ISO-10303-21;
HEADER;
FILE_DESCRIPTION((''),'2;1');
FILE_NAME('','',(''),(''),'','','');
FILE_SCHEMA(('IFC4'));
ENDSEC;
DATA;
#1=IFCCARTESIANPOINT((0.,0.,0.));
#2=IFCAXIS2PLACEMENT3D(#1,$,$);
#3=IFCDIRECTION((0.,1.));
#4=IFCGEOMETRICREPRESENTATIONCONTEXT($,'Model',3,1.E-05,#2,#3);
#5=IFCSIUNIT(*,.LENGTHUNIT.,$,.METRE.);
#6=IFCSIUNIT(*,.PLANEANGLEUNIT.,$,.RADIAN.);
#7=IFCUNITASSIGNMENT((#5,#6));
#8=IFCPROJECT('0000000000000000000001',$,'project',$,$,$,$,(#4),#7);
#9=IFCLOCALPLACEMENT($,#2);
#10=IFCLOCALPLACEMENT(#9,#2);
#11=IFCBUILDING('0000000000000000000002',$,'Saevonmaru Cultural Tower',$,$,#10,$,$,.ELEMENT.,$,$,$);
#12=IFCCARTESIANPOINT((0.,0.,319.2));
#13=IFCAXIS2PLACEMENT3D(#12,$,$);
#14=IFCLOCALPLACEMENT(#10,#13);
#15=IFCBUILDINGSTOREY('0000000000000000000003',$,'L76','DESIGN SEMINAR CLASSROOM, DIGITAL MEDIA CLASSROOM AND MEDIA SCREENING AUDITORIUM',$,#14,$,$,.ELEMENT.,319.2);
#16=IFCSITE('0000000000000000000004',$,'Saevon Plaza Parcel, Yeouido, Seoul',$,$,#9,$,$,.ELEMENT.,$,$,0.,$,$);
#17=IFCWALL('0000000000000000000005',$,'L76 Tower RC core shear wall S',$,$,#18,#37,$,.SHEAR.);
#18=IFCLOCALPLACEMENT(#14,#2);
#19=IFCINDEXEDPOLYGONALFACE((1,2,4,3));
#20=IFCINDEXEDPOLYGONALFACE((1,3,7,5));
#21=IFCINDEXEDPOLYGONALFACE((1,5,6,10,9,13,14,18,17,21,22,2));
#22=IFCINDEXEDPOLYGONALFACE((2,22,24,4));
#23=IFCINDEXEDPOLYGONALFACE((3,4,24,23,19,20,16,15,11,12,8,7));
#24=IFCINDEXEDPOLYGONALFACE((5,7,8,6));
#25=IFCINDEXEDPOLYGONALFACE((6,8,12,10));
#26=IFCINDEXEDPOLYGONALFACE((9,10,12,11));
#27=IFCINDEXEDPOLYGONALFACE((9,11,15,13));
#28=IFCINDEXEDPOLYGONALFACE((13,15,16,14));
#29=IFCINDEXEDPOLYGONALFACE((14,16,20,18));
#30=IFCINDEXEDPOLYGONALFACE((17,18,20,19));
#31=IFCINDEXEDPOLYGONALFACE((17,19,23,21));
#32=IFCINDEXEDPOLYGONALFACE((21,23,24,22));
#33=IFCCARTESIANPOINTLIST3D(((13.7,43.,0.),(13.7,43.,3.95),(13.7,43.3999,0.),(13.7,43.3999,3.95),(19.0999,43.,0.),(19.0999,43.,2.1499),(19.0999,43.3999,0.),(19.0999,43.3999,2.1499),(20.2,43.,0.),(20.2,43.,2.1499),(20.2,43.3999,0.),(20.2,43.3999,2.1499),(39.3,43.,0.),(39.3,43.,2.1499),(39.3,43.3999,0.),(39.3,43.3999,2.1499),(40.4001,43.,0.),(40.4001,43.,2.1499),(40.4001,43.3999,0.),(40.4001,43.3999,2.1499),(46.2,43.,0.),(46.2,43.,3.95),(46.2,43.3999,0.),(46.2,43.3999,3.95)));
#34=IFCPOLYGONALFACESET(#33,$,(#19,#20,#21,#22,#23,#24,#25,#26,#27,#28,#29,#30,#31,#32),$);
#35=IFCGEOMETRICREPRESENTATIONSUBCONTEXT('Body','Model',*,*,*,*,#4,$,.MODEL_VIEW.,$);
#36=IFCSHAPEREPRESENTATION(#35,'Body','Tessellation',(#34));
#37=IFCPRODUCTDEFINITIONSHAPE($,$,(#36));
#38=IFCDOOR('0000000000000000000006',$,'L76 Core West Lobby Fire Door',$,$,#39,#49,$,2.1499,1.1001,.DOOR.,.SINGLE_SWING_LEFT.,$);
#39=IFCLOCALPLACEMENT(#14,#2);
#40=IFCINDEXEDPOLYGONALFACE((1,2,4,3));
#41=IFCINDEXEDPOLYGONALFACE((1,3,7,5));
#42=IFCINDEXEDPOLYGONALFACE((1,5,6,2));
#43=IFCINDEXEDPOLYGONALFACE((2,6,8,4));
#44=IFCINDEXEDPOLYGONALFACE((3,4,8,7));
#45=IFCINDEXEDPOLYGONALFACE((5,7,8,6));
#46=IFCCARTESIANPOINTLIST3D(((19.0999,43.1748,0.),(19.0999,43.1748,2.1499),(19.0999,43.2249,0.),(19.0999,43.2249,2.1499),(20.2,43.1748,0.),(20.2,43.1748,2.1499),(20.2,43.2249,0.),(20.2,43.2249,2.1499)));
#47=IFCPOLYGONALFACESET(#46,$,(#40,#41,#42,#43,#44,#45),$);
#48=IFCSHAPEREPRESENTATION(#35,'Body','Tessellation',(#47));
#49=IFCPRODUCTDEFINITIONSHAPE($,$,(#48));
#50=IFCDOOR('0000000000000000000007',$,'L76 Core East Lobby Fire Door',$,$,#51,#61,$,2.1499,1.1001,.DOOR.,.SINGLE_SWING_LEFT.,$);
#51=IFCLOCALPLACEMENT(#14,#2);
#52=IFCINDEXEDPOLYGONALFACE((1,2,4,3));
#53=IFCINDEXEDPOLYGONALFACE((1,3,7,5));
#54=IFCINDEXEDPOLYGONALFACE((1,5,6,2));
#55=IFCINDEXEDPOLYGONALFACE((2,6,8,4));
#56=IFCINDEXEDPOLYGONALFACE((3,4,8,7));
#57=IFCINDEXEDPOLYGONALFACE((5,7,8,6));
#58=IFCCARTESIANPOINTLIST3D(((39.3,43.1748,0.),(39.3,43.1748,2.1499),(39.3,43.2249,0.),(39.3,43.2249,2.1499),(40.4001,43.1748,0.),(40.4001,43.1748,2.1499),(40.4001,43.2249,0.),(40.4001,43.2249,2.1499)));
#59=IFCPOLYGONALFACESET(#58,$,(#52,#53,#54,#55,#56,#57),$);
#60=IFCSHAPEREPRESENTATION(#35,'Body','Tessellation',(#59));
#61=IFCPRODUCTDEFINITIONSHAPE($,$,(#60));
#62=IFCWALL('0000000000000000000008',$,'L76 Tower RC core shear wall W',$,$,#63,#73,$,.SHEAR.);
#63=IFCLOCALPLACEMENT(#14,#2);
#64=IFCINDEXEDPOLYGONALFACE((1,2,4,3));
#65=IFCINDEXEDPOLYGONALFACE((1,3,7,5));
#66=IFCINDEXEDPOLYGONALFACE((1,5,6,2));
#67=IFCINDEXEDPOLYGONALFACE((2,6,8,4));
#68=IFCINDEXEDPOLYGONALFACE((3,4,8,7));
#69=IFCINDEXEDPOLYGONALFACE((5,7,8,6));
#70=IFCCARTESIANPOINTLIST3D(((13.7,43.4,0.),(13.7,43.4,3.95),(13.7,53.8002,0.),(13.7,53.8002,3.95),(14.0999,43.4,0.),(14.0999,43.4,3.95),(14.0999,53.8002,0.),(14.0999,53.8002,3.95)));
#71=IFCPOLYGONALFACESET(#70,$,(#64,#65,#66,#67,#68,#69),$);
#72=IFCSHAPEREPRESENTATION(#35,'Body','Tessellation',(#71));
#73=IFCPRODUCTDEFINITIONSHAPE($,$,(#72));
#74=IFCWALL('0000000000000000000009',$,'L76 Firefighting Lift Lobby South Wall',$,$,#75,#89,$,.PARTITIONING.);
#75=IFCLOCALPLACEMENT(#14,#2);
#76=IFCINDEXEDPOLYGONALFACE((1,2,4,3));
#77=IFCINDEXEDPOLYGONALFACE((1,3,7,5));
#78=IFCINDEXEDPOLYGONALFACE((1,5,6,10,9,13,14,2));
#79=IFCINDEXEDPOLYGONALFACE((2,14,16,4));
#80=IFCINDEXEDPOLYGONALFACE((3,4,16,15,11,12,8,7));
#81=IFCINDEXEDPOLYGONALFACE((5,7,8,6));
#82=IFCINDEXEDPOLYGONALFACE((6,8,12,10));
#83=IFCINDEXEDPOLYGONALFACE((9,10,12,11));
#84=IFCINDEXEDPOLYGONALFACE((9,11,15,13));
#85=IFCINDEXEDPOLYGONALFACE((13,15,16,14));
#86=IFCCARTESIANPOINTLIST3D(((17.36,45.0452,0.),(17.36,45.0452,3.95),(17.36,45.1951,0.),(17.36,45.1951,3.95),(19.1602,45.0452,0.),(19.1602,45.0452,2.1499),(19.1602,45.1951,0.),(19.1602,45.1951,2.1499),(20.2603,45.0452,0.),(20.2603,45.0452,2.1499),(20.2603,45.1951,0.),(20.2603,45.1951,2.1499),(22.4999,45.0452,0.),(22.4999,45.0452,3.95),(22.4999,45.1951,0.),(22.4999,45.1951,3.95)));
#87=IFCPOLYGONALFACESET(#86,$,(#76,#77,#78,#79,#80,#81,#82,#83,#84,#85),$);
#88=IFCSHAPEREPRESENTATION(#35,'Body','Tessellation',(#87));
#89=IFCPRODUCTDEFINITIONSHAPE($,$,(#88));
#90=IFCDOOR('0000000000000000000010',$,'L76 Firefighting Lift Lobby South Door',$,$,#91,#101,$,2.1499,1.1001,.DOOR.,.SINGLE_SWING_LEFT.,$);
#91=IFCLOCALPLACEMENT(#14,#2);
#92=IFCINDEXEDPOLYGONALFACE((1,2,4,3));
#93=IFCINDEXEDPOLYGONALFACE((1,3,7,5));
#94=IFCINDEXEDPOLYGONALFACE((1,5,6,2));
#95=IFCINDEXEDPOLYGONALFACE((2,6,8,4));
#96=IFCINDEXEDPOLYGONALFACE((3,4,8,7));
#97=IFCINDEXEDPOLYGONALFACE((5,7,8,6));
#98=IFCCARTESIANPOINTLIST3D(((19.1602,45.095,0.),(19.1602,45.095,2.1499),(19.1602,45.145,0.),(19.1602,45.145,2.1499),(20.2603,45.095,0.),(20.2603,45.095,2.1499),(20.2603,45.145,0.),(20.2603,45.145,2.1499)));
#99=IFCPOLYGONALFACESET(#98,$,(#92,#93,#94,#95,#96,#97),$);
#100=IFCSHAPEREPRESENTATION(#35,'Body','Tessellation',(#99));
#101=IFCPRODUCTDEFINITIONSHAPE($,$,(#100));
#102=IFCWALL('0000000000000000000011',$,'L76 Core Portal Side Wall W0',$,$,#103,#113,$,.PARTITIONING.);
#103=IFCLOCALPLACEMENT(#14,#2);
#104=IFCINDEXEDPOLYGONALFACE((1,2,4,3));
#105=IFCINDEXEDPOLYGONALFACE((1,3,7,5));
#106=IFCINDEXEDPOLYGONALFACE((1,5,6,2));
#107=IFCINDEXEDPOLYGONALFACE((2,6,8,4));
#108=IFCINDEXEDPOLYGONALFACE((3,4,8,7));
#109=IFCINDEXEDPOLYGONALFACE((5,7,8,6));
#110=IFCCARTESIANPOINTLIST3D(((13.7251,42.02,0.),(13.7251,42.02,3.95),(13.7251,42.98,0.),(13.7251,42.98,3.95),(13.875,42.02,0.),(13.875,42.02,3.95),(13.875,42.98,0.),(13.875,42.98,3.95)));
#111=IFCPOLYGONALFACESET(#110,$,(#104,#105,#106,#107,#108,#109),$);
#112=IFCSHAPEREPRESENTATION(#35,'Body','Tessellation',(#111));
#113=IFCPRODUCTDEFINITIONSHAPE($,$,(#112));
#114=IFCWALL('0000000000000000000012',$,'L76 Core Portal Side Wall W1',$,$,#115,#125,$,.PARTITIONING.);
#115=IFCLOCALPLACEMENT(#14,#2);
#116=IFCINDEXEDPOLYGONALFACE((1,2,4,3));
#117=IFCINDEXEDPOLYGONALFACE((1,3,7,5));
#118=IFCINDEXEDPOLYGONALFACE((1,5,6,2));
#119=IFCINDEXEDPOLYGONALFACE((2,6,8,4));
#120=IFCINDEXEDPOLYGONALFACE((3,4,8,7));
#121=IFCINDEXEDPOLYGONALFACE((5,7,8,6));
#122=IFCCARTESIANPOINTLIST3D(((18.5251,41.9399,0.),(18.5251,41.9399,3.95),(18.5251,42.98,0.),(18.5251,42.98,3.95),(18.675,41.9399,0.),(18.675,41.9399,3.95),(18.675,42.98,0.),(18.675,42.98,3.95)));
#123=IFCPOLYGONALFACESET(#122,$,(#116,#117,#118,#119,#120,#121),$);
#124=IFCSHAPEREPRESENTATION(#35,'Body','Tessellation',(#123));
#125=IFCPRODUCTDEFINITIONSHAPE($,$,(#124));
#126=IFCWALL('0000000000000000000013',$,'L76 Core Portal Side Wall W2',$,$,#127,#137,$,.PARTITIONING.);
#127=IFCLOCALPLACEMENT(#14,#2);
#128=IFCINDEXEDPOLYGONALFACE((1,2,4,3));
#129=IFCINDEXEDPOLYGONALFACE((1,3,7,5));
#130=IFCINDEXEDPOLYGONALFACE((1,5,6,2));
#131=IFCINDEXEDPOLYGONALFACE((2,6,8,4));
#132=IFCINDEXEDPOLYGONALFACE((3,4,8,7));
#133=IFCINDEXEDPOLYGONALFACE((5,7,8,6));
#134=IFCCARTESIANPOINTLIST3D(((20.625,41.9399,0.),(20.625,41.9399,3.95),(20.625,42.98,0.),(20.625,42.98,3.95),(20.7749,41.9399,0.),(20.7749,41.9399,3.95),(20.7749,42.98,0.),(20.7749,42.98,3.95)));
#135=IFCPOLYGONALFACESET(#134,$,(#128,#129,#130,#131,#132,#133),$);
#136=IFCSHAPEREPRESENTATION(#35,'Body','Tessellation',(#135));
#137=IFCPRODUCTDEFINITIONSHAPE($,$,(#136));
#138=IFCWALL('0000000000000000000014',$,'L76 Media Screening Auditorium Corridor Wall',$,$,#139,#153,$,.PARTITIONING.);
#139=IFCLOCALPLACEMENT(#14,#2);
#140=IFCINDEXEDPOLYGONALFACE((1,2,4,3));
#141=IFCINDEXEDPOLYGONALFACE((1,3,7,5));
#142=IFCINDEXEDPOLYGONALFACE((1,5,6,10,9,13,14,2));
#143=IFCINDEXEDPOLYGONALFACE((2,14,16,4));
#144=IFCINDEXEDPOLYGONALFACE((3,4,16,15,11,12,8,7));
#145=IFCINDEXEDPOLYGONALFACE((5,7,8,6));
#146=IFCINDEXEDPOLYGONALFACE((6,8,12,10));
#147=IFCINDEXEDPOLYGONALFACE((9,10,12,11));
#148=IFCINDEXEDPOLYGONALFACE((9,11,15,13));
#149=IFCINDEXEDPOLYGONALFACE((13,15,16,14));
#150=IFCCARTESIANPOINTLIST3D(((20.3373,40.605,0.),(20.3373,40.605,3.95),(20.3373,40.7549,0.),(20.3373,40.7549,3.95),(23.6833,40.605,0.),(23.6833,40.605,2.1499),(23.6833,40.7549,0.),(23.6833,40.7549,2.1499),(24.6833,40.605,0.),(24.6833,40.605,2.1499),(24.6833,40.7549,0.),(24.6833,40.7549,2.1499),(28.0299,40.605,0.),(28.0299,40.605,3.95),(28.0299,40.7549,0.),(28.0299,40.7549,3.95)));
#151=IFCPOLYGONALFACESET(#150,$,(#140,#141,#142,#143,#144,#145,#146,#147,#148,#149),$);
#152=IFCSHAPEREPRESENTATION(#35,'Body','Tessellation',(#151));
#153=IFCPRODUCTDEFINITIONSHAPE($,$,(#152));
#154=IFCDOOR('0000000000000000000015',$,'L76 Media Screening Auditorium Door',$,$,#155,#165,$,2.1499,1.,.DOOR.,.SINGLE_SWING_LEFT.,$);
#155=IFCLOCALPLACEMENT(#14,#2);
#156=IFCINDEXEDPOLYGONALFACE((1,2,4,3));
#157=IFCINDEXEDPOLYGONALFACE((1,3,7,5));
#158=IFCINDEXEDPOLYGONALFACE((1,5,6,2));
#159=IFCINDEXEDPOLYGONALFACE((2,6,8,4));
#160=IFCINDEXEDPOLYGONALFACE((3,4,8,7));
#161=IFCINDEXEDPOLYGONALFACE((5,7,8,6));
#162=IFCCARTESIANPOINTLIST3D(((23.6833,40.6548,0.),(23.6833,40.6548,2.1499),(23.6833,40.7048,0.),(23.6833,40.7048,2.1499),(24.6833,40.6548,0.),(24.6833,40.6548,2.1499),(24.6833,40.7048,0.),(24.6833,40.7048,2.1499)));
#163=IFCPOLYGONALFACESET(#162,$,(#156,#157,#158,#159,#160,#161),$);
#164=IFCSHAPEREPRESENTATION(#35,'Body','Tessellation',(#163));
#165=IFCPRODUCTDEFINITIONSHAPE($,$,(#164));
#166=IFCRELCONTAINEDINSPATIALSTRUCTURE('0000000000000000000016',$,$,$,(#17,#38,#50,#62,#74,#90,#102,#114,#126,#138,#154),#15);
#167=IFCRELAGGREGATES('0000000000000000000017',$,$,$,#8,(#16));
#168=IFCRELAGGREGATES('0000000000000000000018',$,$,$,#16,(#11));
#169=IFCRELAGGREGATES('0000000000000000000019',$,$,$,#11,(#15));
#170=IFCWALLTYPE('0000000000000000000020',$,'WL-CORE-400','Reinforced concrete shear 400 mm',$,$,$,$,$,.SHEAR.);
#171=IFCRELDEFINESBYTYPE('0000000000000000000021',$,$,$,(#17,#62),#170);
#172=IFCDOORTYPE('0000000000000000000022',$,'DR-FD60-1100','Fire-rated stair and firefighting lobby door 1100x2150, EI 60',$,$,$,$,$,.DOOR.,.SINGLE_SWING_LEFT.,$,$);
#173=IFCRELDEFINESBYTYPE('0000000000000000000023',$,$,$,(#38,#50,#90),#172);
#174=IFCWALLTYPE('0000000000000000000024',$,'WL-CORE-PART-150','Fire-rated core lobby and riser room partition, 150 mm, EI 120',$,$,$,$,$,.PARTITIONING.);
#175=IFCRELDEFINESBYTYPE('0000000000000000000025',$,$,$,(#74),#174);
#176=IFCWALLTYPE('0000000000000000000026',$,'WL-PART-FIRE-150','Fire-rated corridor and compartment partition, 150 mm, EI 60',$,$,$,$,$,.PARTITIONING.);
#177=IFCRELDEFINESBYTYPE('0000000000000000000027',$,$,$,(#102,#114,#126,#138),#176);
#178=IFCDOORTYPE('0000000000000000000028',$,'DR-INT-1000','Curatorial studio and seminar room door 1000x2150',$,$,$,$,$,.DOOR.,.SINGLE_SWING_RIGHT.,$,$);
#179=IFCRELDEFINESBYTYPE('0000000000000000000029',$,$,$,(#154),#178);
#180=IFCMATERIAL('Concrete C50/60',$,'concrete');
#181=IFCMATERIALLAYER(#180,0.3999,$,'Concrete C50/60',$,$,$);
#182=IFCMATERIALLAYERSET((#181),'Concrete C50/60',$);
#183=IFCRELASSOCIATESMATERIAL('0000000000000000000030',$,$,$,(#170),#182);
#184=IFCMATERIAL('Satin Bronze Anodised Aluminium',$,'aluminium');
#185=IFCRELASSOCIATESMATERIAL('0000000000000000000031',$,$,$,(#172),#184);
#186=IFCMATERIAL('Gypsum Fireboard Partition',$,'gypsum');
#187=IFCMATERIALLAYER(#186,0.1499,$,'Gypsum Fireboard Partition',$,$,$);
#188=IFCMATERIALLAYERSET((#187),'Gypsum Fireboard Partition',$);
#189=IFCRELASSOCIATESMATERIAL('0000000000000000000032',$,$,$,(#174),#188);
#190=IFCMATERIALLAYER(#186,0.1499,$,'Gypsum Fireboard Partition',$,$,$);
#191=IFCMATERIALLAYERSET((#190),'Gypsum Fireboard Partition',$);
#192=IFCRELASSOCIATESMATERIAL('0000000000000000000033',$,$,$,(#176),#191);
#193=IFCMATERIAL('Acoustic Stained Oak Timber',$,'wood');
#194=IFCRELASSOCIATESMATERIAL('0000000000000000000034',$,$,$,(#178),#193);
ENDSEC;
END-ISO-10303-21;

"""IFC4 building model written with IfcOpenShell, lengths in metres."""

from ifc_helpers import new_model, si_unit, direction, frame, frame_2d, origin, place, context, subcontext, project, spatial, rectangle, extrude, material, layer, layer_set, type_object, element, fill, save


model = new_model("IFC4")

# Units and contexts
model_context = context("Model", 3, precision=1e-05, world=origin(), true_north=direction((0.0, 1.0)))
body_context = subcontext(model_context, "Body", "Model", "MODEL_VIEW")
ifc_project = project(units=[si_unit("LENGTHUNIT", "METRE"), si_unit("PLANEANGLEUNIT", "RADIAN")], contexts=[model_context])

# Site, building, storey
site_placement = place(None, origin())
site = spatial("IfcSite", under=ifc_project, at=site_placement, Name="Saevon Plaza Parcel, Yeouido, Seoul", CompositionType="ELEMENT", RefElevation=0.0)
building_placement = place(site_placement, origin())
building = spatial("IfcBuilding", under=site, at=building_placement, Name="Saevonmaru Cultural Tower", CompositionType="ELEMENT")
storey_placement = place(building_placement, frame((0.0, 0.0, 319.2)))
storey = spatial("IfcBuildingStorey", under=building, at=storey_placement, Name="L76", Description="DESIGN SEMINAR CLASSROOM, DIGITAL MEDIA CLASSROOM AND MEDIA SCREENING AUDITORIUM", CompositionType="ELEMENT", Elevation=319.2)

# Wall, openings, doors
ifc_material_1 = material(Name="Concrete C50/60", Category="concrete")
ifc_layer_1 = layer(ifc_material_1, 0.3999, Name="Concrete C50/60")
ifc_layer_set_1 = layer_set([ifc_layer_1], Name="Concrete C50/60")
wall_type_1 = type_object("IfcWallType", Name="WL-CORE-400", Description="Reinforced concrete shear 400 mm", PredefinedType="SHEAR", material=ifc_layer_set_1)
wall_1_placement = place(storey_placement, frame((13.7, 43.2, 0.0), z_axis=(0.0, 0.0, 1.0), x_axis=(1.0, 0.0, 0.0)))
wall_1 = element("IfcWall", 1, at=wall_1_placement, inside=storey, type_object=wall_type_1, Name="L76 Tower RC core shear wall S", PredefinedType="SHEAR", context=body_context, shape_type="SweptSolid", body=[
    extrude(rectangle(XDim=32.5, YDim=0.3999, at=frame_2d((16.25, 0.0))), origin(), (0.0, 0.0, 1.0), 3.95),
])
opening_1_placement = place(wall_1_placement, frame((5.3999, 0.0, 0.0)))
opening_1 = element("IfcOpeningElement", 2, at=opening_1_placement, cuts=wall_1, PredefinedType="OPENING", context=body_context, shape_type="SweptSolid", body=[
    extrude(rectangle(XDim=1.1001, YDim=2.1499, at=frame_2d((0.55, 1.075))), frame((0.0, 0.21, 0.0), z_axis=(0.0, -1.0, 0.0), x_axis=(1.0, 0.0, 0.0)), (0.0, 0.0, 1.0), 0.4199),
])
opening_2_placement = place(wall_1_placement, frame((25.6001, 0.0, 0.0)))
opening_2 = element("IfcOpeningElement", 3, at=opening_2_placement, cuts=wall_1, PredefinedType="OPENING", context=body_context, shape_type="SweptSolid", body=[
    extrude(rectangle(XDim=1.1001, YDim=2.1499, at=frame_2d((0.55, 1.075))), frame((0.0, 0.21, 0.0), z_axis=(0.0, -1.0, 0.0), x_axis=(1.0, 0.0, 0.0)), (0.0, 0.0, 1.0), 0.4199),
])
ifc_material_2 = material(Name="Satin Bronze Anodised Aluminium", Category="aluminium")
door_type_1 = type_object("IfcDoorType", Name="DR-FD60-1100", Description="Fire-rated stair and firefighting lobby door 1100x2150, EI 60", OperationType="SINGLE_SWING_LEFT", PredefinedType="DOOR", material=ifc_material_2)
door_1_placement = place(opening_1_placement, origin())
door_1 = element("IfcDoor", 4, at=door_1_placement, inside=storey, type_object=door_type_1, Name="L76 Core West Lobby Fire Door", OperationType="SINGLE_SWING_LEFT", OverallHeight=2.1499, OverallWidth=1.1001, PredefinedType="DOOR", context=body_context, shape_type="SweptSolid", body=[
    extrude(rectangle(XDim=1.1001, YDim=2.1499, at=frame_2d((0.55, 1.075))), frame((0.0, 0.0249, 0.0), z_axis=(0.0, -1.0, 0.0), x_axis=(1.0, 0.0, 0.0)), (0.0, 0.0, 1.0), 0.05),
])
fill(opening_1, door_1)
door_2_placement = place(opening_2_placement, origin())
door_2 = element("IfcDoor", 5, at=door_2_placement, inside=storey, type_object=door_type_1, Name="L76 Core East Lobby Fire Door", OperationType="SINGLE_SWING_LEFT", OverallHeight=2.1499, OverallWidth=1.1001, PredefinedType="DOOR", context=body_context, shape_type="SweptSolid", body=[
    extrude(rectangle(XDim=1.1001, YDim=2.1499, at=frame_2d((0.55, 1.075))), frame((0.0, 0.0249, 0.0), z_axis=(0.0, -1.0, 0.0), x_axis=(1.0, 0.0, 0.0)), (0.0, 0.0, 1.0), 0.05),
])
fill(opening_2, door_2)

# Wall
wall_2_placement = place(storey_placement, frame((13.8999, 43.3999, 0.0), z_axis=(0.0, 0.0, 1.0), x_axis=(0.0, 1.0, 0.0)))
element("IfcWall", 6, at=wall_2_placement, inside=storey, type_object=wall_type_1, Name="L76 Tower RC core shear wall W", PredefinedType="SHEAR", context=body_context, shape_type="SweptSolid", body=[
    extrude(rectangle(XDim=10.4001, YDim=0.3999, at=frame_2d((5.2002, 0.0))), origin(), (0.0, 0.0, 1.0), 3.95),
])

# Wall, opening, door
ifc_material_3 = material(Name="Gypsum Fireboard Partition", Category="gypsum")
ifc_layer_2 = layer(ifc_material_3, 0.1499, Name="Gypsum Fireboard Partition")
ifc_layer_set_2 = layer_set([ifc_layer_2], Name="Gypsum Fireboard Partition")
wall_type_2 = type_object("IfcWallType", Name="WL-CORE-PART-150", Description="Fire-rated core lobby and riser room partition, 150 mm, EI 120", PredefinedType="PARTITIONING", material=ifc_layer_set_2)
wall_3_placement = place(storey_placement, frame((17.3601, 45.1201, 0.0), z_axis=(0.0, 0.0, 1.0), x_axis=(1.0, 0.0, 0.0)))
wall_3 = element("IfcWall", 7, at=wall_3_placement, inside=storey, type_object=wall_type_2, Name="L76 Firefighting Lift Lobby South Wall", PredefinedType="PARTITIONING", context=body_context, shape_type="SweptSolid", body=[
    extrude(rectangle(XDim=5.1399, YDim=0.1499, at=frame_2d((2.5698, 0.0))), origin(), (0.0, 0.0, 1.0), 3.95),
])
opening_3_placement = place(wall_3_placement, frame((1.8, 0.0, 0.0)))
opening_3 = element("IfcOpeningElement", 8, at=opening_3_placement, cuts=wall_3, PredefinedType="OPENING", context=body_context, shape_type="SweptSolid", body=[
    extrude(rectangle(XDim=1.1001, YDim=2.1499, at=frame_2d((0.55, 1.075))), frame((0.0, 0.085, 0.0), z_axis=(0.0, -1.0, 0.0), x_axis=(1.0, 0.0, 0.0)), (0.0, 0.0, 1.0), 0.1699),
])
door_3_placement = place(opening_3_placement, origin())
door_3 = element("IfcDoor", 9, at=door_3_placement, inside=storey, type_object=door_type_1, Name="L76 Firefighting Lift Lobby South Door", OperationType="SINGLE_SWING_LEFT", OverallHeight=2.1499, OverallWidth=1.1001, PredefinedType="DOOR", context=body_context, shape_type="SweptSolid", body=[
    extrude(rectangle(XDim=1.1001, YDim=2.1499, at=frame_2d((0.55, 1.075))), frame((0.0, 0.0249, 0.0), z_axis=(0.0, -1.0, 0.0), x_axis=(1.0, 0.0, 0.0)), (0.0, 0.0, 1.0), 0.05),
])
fill(opening_3, door_3)

# Walls
ifc_layer_3 = layer(ifc_material_3, 0.1499, Name="Gypsum Fireboard Partition")
ifc_layer_set_3 = layer_set([ifc_layer_3], Name="Gypsum Fireboard Partition")
wall_type_3 = type_object("IfcWallType", Name="WL-PART-FIRE-150", Description="Fire-rated corridor and compartment partition, 150 mm, EI 60", PredefinedType="PARTITIONING", material=ifc_layer_set_3)
wall_4_placement = place(storey_placement, frame((13.8, 42.02, 0.0), z_axis=(0.0, 0.0, 1.0), x_axis=(0.0, 1.0, 0.0)))
element("IfcWall", 10, at=wall_4_placement, inside=storey, type_object=wall_type_3, Name="L76 Core Portal Side Wall W0", PredefinedType="PARTITIONING", context=body_context, shape_type="SweptSolid", body=[
    extrude(rectangle(XDim=0.96, YDim=0.1499, at=frame_2d((0.48, 0.0))), origin(), (0.0, 0.0, 1.0), 3.95),
])
for number, where, z_axis, x_axis, name in (
    (11, (18.6001, 41.9399, 0.0), (0.0, 0.0, 1.0), (0.0, 1.0, 0.0), "L76 Core Portal Side Wall W1"),
    (12, (20.7, 41.9399, 0.0), (0.0, 0.0, 1.0), (0.0, 1.0, 0.0), "L76 Core Portal Side Wall W2"),
):
    element("IfcWall", number, at=place(storey_placement, frame(where, z_axis=z_axis, x_axis=x_axis)), inside=storey, type_object=wall_type_3, Name=name, PredefinedType="PARTITIONING", context=body_context, shape_type="SweptSolid", body=[
        extrude(rectangle(XDim=1.04, YDim=0.1499, at=frame_2d((0.52, 0.0))), origin(), (0.0, 0.0, 1.0), 3.95),
    ])

# Wall, opening, door
wall_5_placement = place(storey_placement, frame((20.3374, 40.6799, 0.0), z_axis=(0.0, 0.0, 1.0), x_axis=(1.0, 0.0, 0.0)))
wall_5 = element("IfcWall", 13, at=wall_5_placement, inside=storey, type_object=wall_type_3, Name="L76 Media Screening Auditorium Corridor Wall", PredefinedType="PARTITIONING", context=body_context, shape_type="SweptSolid", body=[
    extrude(rectangle(XDim=7.6926, YDim=0.1499, at=frame_2d((3.8462, 0.0))), origin(), (0.0, 0.0, 1.0), 3.95),
])
opening_4_placement = place(wall_5_placement, frame((3.3459, 0.0, 0.0)))
opening_4 = element("IfcOpeningElement", 14, at=opening_4_placement, cuts=wall_5, PredefinedType="OPENING", context=body_context, shape_type="SweptSolid", body=[
    extrude(rectangle(XDim=1.0, YDim=2.1499, at=frame_2d((0.5, 1.075))), frame((0.0, 0.085, 0.0), z_axis=(0.0, -1.0, 0.0), x_axis=(1.0, 0.0, 0.0)), (0.0, 0.0, 1.0), 0.1699),
])
ifc_material_4 = material(Name="Acoustic Stained Oak Timber", Category="wood")
door_type_2 = type_object("IfcDoorType", Name="DR-INT-1000", Description="Curatorial studio and seminar room door 1000x2150", OperationType="SINGLE_SWING_RIGHT", PredefinedType="DOOR", material=ifc_material_4)
door_4_placement = place(opening_4_placement, origin())
door_4 = element("IfcDoor", 15, at=door_4_placement, inside=storey, type_object=door_type_2, Name="L76 Media Screening Auditorium Door", OperationType="SINGLE_SWING_LEFT", OverallHeight=2.1499, OverallWidth=1.0, PredefinedType="DOOR", context=body_context, shape_type="SweptSolid", body=[
    extrude(rectangle(XDim=1.0, YDim=2.1499, at=frame_2d((0.5, 1.075))), frame((0.0, 0.0249, 0.0), z_axis=(0.0, -1.0, 0.0), x_axis=(1.0, 0.0, 0.0)), (0.0, 0.0, 1.0), 0.05),
])
fill(opening_4, door_4)

save(model, "model.ifc")
